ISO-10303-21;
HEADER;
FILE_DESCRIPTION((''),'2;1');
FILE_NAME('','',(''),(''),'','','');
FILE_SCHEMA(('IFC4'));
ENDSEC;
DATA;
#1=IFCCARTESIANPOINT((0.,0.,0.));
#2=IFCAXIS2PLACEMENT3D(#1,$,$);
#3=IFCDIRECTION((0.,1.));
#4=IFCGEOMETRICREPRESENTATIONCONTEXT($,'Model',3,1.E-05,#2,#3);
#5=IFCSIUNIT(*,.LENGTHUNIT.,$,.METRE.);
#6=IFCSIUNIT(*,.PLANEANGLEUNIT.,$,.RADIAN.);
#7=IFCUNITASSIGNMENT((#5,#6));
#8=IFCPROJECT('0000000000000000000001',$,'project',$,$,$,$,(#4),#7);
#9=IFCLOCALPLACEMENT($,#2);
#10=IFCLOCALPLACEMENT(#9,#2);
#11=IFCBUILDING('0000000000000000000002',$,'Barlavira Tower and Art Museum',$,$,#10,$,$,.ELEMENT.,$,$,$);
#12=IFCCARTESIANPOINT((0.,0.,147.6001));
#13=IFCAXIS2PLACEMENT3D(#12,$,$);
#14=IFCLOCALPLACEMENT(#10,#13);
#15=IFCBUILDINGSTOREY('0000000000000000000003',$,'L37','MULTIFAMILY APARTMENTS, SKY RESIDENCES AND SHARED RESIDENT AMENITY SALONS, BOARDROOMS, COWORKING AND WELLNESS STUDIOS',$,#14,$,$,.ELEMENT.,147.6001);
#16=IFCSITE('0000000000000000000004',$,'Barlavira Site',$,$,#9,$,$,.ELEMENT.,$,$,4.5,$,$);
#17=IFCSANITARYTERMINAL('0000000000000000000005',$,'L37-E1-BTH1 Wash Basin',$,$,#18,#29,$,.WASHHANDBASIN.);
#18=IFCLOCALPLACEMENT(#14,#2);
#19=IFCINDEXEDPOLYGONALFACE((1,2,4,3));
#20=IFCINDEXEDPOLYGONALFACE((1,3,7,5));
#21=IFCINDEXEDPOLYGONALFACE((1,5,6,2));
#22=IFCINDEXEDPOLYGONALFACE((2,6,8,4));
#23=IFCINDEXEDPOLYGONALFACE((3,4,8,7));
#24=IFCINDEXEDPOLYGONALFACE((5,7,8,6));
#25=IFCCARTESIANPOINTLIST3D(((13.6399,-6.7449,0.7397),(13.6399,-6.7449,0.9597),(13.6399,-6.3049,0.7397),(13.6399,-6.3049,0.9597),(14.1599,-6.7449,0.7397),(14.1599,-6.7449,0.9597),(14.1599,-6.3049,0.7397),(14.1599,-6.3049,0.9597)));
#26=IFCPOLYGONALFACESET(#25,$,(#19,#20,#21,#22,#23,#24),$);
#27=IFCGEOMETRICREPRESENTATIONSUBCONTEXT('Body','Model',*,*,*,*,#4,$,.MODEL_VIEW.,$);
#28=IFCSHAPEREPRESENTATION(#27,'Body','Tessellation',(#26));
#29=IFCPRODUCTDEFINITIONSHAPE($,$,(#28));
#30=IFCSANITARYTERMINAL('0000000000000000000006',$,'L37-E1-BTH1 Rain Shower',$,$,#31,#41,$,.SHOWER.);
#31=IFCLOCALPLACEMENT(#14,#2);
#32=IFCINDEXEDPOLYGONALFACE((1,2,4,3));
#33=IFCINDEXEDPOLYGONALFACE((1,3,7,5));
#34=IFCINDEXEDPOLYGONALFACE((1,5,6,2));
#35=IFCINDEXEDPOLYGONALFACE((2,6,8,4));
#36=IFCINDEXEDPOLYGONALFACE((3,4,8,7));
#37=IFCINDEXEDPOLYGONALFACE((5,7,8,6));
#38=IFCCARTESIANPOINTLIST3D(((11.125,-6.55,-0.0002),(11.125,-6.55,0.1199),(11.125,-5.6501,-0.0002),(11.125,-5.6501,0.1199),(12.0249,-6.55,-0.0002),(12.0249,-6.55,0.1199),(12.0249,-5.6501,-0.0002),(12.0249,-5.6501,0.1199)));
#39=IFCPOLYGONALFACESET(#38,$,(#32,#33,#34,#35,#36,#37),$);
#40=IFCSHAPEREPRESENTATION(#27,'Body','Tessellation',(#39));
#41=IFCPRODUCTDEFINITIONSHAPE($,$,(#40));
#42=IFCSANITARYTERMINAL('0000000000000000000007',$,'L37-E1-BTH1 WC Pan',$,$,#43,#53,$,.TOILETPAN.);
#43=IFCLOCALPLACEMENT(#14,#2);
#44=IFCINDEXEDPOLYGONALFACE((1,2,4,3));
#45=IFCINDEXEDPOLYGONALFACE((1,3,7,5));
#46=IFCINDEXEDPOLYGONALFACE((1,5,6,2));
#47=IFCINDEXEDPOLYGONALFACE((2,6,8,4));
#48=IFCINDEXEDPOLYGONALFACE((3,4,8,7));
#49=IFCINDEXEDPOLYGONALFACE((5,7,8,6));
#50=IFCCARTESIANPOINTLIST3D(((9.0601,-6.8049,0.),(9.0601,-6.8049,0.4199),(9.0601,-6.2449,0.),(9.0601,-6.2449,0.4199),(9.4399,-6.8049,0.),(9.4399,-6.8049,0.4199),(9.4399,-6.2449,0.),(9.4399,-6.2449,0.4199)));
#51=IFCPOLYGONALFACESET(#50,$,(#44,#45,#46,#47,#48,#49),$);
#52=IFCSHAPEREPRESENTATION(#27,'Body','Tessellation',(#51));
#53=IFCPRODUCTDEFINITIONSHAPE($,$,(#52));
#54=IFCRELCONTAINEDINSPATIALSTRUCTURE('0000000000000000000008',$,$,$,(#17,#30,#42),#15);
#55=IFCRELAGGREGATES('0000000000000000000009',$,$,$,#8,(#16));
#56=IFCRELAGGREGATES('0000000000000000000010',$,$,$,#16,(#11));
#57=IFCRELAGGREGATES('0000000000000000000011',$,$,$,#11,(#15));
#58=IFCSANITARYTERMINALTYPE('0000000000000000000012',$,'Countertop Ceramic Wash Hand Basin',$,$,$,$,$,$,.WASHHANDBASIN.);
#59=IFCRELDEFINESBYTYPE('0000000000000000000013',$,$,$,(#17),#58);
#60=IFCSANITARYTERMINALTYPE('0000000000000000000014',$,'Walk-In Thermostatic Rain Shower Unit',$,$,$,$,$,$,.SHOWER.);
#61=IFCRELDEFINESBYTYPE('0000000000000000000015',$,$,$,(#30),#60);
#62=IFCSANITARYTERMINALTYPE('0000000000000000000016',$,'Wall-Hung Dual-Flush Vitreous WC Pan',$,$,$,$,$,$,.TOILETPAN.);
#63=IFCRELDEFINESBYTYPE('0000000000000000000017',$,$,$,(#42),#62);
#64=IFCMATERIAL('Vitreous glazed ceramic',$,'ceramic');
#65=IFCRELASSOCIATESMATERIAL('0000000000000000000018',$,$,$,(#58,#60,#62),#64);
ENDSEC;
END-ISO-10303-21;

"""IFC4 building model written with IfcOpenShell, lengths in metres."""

from ifc_helpers import new_model, si_unit, direction, frame, origin, origin_2d, place, context, subcontext, project, spatial, rectangle, extrude, material, type_object, element, save


model = new_model("IFC4")

# Units and contexts
model_context = context("Model", 3, precision=1e-05, world=origin(), true_north=direction((0.0, 1.0)))
body_context = subcontext(model_context, "Body", "Model", "MODEL_VIEW")
ifc_project = project(units=[si_unit("LENGTHUNIT", "METRE"), si_unit("PLANEANGLEUNIT", "RADIAN")], contexts=[model_context])

# Site, building, storey
site_placement = place(None, origin())
site = spatial("IfcSite", under=ifc_project, at=site_placement, Name="Barlavira Site", CompositionType="ELEMENT", RefElevation=4.5)
building_placement = place(site_placement, origin())
building = spatial("IfcBuilding", under=site, at=building_placement, Name="Barlavira Tower and Art Museum", CompositionType="ELEMENT")
storey_placement = place(building_placement, frame((0.0, 0.0, 147.6001)))
storey = spatial("IfcBuildingStorey", under=building, at=storey_placement, Name="L37", Description="MULTIFAMILY APARTMENTS, SKY RESIDENCES AND SHARED RESIDENT AMENITY SALONS, BOARDROOMS, COWORKING AND WELLNESS STUDIOS", CompositionType="ELEMENT", Elevation=147.6001)

# Sanitary terminals
ifc_material_1 = material(Name="Vitreous glazed ceramic", Category="ceramic")
sanitary_terminal_type_1 = type_object("IfcSanitaryTerminalType", Name="Countertop Ceramic Wash Hand Basin", PredefinedType="WASHHANDBASIN", material=ifc_material_1)
sanitary_terminal_1_placement = place(storey_placement, frame((13.8999, -6.5249, 0.7397), z_axis=(0.0, 0.0, 1.0), x_axis=(1.0, 0.0, 0.0)))
element("IfcSanitaryTerminal", 1, at=sanitary_terminal_1_placement, inside=storey, type_object=sanitary_terminal_type_1, Name="L37-E1-BTH1 Wash Basin", PredefinedType="WASHHANDBASIN", context=body_context, shape_type="SweptSolid", body=[
    extrude(rectangle(XDim=0.52, YDim=0.4399, at=origin_2d()), origin(), (0.0, 0.0, 1.0), 0.22),
])
sanitary_terminal_type_2 = type_object("IfcSanitaryTerminalType", Name="Walk-In Thermostatic Rain Shower Unit", PredefinedType="SHOWER", material=ifc_material_1)
sanitary_terminal_2_placement = place(storey_placement, frame((11.575, -6.1001, -0.0002), z_axis=(0.0, 0.0, 1.0), x_axis=(1.0, 0.0, 0.0)))
element("IfcSanitaryTerminal", 2, at=sanitary_terminal_2_placement, inside=storey, type_object=sanitary_terminal_type_2, Name="L37-E1-BTH1 Rain Shower", PredefinedType="SHOWER", context=body_context, shape_type="SweptSolid", body=[
    extrude(rectangle(XDim=0.8999, YDim=0.8999, at=origin_2d()), origin(), (0.0, 0.0, 1.0), 0.1201),
])
sanitary_terminal_type_3 = type_object("IfcSanitaryTerminalType", Name="Wall-Hung Dual-Flush Vitreous WC Pan", PredefinedType="TOILETPAN", material=ifc_material_1)
sanitary_terminal_3_placement = place(storey_placement, frame((9.25, -6.5249, 0.0), z_axis=(0.0, 0.0, 1.0), x_axis=(1.0, 0.0, 0.0)))
element("IfcSanitaryTerminal", 3, at=sanitary_terminal_3_placement, inside=storey, type_object=sanitary_terminal_type_3, Name="L37-E1-BTH1 WC Pan", PredefinedType="TOILETPAN", context=body_context, shape_type="SweptSolid", body=[
    extrude(rectangle(XDim=0.3799, YDim=0.5601, at=origin_2d()), origin(), (0.0, 0.0, 1.0), 0.4199),
])

save(model, "model.ifc")
